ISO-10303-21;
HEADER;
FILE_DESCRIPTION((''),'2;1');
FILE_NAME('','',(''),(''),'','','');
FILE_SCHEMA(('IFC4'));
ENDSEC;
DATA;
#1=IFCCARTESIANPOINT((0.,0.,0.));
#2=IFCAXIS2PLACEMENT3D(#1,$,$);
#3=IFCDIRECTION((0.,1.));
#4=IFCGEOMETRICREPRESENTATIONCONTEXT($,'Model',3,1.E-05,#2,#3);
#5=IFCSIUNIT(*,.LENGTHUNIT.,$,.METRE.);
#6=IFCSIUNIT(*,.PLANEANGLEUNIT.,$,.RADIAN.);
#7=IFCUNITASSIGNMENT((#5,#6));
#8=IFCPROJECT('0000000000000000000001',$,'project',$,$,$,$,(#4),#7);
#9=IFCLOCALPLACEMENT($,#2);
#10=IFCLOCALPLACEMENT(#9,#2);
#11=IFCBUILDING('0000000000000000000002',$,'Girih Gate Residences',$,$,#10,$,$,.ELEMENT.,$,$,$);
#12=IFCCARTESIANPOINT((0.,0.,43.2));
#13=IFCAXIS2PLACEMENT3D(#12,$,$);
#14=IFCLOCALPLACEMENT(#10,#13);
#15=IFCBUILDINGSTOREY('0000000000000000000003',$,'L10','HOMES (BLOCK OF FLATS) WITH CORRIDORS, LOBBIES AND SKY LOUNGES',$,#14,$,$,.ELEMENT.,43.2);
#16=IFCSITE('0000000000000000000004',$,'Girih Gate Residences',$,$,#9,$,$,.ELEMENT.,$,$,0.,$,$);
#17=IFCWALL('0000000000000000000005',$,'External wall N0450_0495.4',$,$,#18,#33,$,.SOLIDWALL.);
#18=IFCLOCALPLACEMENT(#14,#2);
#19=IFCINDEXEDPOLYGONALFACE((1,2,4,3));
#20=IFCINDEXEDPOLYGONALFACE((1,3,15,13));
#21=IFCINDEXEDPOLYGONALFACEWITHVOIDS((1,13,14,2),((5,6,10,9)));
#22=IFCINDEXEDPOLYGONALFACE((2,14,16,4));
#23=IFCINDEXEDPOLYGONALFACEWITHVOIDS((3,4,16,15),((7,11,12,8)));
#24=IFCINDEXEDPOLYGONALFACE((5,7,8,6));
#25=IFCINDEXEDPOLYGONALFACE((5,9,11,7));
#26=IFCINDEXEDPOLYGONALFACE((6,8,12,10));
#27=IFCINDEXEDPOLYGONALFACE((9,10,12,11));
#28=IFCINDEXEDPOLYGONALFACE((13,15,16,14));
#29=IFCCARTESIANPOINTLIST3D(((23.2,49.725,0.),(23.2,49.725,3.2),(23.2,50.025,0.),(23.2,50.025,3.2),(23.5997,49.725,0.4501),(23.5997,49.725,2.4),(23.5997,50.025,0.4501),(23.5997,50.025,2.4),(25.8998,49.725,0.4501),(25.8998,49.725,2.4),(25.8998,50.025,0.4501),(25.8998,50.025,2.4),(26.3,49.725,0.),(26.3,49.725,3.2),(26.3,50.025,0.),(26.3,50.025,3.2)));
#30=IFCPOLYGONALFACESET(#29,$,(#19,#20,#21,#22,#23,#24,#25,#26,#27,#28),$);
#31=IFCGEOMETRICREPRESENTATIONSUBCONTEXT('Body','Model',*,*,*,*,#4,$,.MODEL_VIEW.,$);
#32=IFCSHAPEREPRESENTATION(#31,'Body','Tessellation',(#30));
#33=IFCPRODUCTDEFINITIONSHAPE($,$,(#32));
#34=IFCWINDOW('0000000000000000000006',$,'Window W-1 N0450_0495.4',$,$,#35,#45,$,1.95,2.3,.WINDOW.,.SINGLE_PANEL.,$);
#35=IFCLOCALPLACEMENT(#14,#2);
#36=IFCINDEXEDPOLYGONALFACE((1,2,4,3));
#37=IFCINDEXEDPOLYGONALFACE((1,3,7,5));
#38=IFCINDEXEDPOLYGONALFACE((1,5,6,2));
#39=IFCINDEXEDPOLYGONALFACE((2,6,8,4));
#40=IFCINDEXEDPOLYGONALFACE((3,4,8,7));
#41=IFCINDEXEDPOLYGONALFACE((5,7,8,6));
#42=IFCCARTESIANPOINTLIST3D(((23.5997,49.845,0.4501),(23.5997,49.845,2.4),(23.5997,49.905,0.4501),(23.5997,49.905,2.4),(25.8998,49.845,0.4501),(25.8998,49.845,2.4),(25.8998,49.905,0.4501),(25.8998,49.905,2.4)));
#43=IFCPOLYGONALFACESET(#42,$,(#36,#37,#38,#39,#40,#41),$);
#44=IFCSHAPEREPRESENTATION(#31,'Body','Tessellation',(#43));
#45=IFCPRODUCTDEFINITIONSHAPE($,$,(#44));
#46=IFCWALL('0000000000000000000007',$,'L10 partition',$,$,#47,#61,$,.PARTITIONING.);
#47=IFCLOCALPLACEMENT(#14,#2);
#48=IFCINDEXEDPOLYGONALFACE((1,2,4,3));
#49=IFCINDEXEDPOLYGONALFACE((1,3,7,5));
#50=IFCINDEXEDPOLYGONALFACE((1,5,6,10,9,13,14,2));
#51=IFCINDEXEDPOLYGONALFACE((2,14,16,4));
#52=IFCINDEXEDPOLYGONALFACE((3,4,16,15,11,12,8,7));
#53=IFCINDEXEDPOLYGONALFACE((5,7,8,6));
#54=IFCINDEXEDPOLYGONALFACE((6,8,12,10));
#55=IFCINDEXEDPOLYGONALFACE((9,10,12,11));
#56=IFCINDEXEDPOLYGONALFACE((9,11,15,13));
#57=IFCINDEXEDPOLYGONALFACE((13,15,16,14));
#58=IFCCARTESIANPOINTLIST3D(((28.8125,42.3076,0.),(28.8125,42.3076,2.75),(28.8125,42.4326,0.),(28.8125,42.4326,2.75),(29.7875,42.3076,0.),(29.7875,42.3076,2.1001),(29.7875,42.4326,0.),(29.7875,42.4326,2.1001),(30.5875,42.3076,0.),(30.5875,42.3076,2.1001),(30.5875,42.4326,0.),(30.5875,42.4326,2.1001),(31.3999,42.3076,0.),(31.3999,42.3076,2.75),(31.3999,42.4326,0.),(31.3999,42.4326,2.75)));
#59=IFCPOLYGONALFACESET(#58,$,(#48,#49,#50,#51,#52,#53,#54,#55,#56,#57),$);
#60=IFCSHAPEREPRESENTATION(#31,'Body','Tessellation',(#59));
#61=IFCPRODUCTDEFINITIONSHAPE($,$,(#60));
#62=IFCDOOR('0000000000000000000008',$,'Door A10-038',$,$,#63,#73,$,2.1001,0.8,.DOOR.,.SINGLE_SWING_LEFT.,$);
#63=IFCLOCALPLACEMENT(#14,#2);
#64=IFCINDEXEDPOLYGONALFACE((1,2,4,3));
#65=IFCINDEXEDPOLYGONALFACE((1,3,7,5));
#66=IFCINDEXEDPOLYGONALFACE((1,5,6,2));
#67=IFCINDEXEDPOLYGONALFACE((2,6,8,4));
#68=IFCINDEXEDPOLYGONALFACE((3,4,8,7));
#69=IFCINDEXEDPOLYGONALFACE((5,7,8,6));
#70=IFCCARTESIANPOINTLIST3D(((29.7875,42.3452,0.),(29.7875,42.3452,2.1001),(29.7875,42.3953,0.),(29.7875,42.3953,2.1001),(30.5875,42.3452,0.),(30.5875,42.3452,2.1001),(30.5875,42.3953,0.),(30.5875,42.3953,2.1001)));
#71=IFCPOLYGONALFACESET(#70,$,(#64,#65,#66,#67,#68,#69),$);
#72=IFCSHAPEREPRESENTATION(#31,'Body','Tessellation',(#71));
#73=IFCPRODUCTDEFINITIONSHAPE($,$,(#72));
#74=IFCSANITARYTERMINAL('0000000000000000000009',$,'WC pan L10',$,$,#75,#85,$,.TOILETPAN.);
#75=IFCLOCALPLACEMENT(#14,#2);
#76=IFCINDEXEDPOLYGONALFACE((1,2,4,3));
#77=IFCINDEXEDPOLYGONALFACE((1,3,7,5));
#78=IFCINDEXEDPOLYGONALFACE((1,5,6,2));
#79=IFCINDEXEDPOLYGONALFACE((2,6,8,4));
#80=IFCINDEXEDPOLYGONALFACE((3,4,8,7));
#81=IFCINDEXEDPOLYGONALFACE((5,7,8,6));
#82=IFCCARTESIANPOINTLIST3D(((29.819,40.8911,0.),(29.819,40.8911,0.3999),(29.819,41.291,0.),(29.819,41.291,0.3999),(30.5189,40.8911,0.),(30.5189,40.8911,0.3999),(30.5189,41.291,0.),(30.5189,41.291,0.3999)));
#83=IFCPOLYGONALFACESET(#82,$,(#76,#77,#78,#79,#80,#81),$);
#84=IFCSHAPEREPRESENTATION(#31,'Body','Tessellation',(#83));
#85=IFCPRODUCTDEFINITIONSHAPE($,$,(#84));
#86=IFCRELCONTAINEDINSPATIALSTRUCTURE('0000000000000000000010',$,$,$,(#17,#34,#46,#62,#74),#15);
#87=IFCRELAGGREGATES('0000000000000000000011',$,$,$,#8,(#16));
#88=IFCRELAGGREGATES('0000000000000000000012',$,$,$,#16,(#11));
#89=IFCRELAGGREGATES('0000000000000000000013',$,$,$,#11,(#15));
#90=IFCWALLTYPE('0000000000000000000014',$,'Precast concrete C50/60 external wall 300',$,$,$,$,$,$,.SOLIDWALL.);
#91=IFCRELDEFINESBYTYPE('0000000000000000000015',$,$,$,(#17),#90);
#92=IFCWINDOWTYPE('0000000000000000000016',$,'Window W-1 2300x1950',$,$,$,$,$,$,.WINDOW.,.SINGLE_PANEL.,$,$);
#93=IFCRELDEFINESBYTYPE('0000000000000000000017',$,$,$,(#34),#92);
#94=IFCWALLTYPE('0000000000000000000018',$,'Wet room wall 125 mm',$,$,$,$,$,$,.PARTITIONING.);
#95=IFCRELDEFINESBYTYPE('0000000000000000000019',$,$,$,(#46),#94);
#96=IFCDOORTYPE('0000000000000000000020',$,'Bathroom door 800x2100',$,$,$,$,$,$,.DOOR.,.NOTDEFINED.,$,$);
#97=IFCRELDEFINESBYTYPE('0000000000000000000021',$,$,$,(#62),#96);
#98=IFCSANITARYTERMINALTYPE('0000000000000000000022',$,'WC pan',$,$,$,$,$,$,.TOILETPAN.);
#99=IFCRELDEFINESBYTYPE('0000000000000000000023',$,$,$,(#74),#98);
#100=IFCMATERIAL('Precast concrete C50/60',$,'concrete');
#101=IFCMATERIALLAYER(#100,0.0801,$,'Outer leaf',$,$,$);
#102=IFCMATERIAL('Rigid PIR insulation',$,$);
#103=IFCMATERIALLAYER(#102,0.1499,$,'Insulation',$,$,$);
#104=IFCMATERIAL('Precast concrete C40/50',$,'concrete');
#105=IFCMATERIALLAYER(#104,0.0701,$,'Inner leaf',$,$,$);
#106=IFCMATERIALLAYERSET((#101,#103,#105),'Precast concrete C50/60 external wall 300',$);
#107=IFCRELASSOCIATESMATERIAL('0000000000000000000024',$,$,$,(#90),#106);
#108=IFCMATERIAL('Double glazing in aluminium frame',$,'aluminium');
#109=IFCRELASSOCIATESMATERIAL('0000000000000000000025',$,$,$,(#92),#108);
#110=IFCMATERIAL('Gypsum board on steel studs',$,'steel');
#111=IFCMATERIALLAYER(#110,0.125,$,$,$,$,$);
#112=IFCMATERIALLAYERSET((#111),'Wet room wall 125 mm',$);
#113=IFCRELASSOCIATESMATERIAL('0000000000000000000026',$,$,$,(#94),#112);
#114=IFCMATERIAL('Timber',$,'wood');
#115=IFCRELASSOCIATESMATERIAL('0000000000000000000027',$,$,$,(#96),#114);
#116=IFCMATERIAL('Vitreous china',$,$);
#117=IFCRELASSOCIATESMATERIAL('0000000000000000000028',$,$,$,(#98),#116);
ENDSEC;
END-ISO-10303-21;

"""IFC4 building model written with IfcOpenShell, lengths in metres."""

from ifc_helpers import new_model, si_unit, direction, frame, frame_2d, origin, origin_2d, place, context, subcontext, project, spatial, rectangle, extrude, material, layer, layer_set, type_object, element, fill, save


model = new_model("IFC4")

# Units and contexts
model_context = context("Model", 3, precision=1e-05, world=origin(), true_north=direction((0.0, 1.0)))
body_context = subcontext(model_context, "Body", "Model", "MODEL_VIEW")
ifc_project = project(units=[si_unit("LENGTHUNIT", "METRE"), si_unit("PLANEANGLEUNIT", "RADIAN")], contexts=[model_context])

# Site, building, storey
site_placement = place(None, origin())
site = spatial("IfcSite", under=ifc_project, at=site_placement, Name="Girih Gate Residences", CompositionType="ELEMENT", RefElevation=0.0)
building_placement = place(site_placement, origin())
building = spatial("IfcBuilding", under=site, at=building_placement, Name="Girih Gate Residences", CompositionType="ELEMENT")
storey_placement = place(building_placement, frame((0.0, 0.0, 43.2)))
storey = spatial("IfcBuildingStorey", under=building, at=storey_placement, Name="L10", Description="HOMES (BLOCK OF FLATS) WITH CORRIDORS, LOBBIES AND SKY LOUNGES", CompositionType="ELEMENT", Elevation=43.2)

# Shared definitions
ifc_material_1 = material(Name="Gypsum board on steel studs", Category="steel")

# Shared definitions
ifc_material_2 = material(Name="Timber", Category="wood")

# Wall, opening, window
ifc_material_3 = material(Name="Precast concrete C50/60", Category="concrete")
ifc_layer_1 = layer(ifc_material_3, 0.0801, Name="Outer leaf")
ifc_material_4 = material(Name="Rigid PIR insulation")
ifc_layer_2 = layer(ifc_material_4, 0.1499, Name="Insulation")
ifc_material_5 = material(Name="Precast concrete C40/50", Category="concrete")
ifc_layer_3 = layer(ifc_material_5, 0.0701, Name="Inner leaf")
ifc_layer_set_1 = layer_set([ifc_layer_1, ifc_layer_2, ifc_layer_3], Name="Precast concrete C50/60 external wall 300")
wall_type_1 = type_object("IfcWallType", Name="Precast concrete C50/60 external wall 300", PredefinedType="SOLIDWALL", material=ifc_layer_set_1)
ifc_material_6 = material(Name="Double glazing in aluminium frame", Category="aluminium")
window_type = type_object("IfcWindowType", Name="Window W-1 2300x1950", PartitioningType="SINGLE_PANEL", PredefinedType="WINDOW", material=ifc_material_6)
wall_1_placement = place(storey_placement, frame((23.2, 49.875, 0.0), z_axis=(0.0, 0.0, 1.0), x_axis=(1.0, 0.0, 0.0)))
wall_1 = element("IfcWall", 1, at=wall_1_placement, inside=storey, type_object=wall_type_1, Name="External wall N0450_0495.4", PredefinedType="SOLIDWALL", context=body_context, shape_type="SweptSolid", body=[
    extrude(rectangle(XDim=3.1001, YDim=0.3, at=frame_2d((1.55, 0.0))), origin(), (0.0, 0.0, 1.0), 3.2),
])
opening_1_placement = place(wall_1_placement, frame((0.3999, 0.0, 0.45)))
opening_1 = element("IfcOpeningElement", 2, at=opening_1_placement, cuts=wall_1, PredefinedType="OPENING", context=body_context, shape_type="SweptSolid", body=[
    extrude(rectangle(XDim=2.3, YDim=1.95, at=frame_2d((1.1499, 0.9751))), frame((0.0, 0.1599, 0.0), z_axis=(0.0, -1.0, 0.0), x_axis=(1.0, 0.0, 0.0)), (0.0, 0.0, 1.0), 0.3201),
])
window_1_placement = place(opening_1_placement, origin())
window_1 = element("IfcWindow", 3, at=window_1_placement, inside=storey, type_object=window_type, Name="Window W-1 N0450_0495.4", OverallHeight=1.95, OverallWidth=2.3, PartitioningType="SINGLE_PANEL", PredefinedType="WINDOW", context=body_context, shape_type="SweptSolid", body=[
    extrude(rectangle(XDim=2.3, YDim=1.95, at=frame_2d((1.1499, 0.9751))), frame((0.0, 0.03, 0.0), z_axis=(0.0, -1.0, 0.0), x_axis=(1.0, 0.0, 0.0)), (0.0, 0.0, 1.0), 0.0601),
])
fill(opening_1, window_1)

# Wall, opening, door
ifc_layer_4 = layer(ifc_material_1, 0.125)
ifc_layer_set_2 = layer_set([ifc_layer_4], Name="Wet room wall 125 mm")
wall_type_2 = type_object("IfcWallType", Name="Wet room wall 125 mm", PredefinedType="PARTITIONING", material=ifc_layer_set_2)
wall_2_placement = place(storey_placement, frame((31.3999, 42.3701, 0.0), z_axis=(0.0, 0.0, 1.0), x_axis=(-1.0, 0.0, 0.0)))
wall_2 = element("IfcWall", 4, at=wall_2_placement, inside=storey, type_object=wall_type_2, Name="L10 partition", PredefinedType="PARTITIONING", context=body_context, shape_type="SweptSolid", body=[
    extrude(rectangle(XDim=2.5874, YDim=0.125, at=frame_2d((1.2937, 0.0))), origin(), (0.0, 0.0, 1.0), 2.75),
])
opening_2_placement = place(wall_2_placement, frame((0.8125, 0.0, 0.0)))
opening_2 = element("IfcOpeningElement", 5, at=opening_2_placement, cuts=wall_2, PredefinedType="OPENING", context=body_context, shape_type="SweptSolid", body=[
    extrude(rectangle(XDim=0.8, YDim=2.1001, at=frame_2d((0.3999, 1.05))), frame((0.0, 0.0725, 0.0), z_axis=(0.0, -1.0, 0.0), x_axis=(1.0, 0.0, 0.0)), (0.0, 0.0, 1.0), 0.145),
])
door_type_1 = type_object("IfcDoorType", Name="Bathroom door 800x2100", OperationType="NOTDEFINED", PredefinedType="DOOR", material=ifc_material_2)
door_1_placement = place(opening_2_placement, origin())
door_1 = element("IfcDoor", 6, at=door_1_placement, inside=storey, type_object=door_type_1, Name="Door A10-038", OperationType="SINGLE_SWING_LEFT", OverallHeight=2.1001, OverallWidth=0.8, PredefinedType="DOOR", context=body_context, shape_type="SweptSolid", body=[
    extrude(rectangle(XDim=0.8, YDim=2.1001, at=frame_2d((0.3999, 1.05))), frame((0.0, 0.0249, 0.0), z_axis=(0.0, -1.0, 0.0), x_axis=(1.0, 0.0, 0.0)), (0.0, 0.0, 1.0), 0.05),
])
fill(opening_2, door_1)

# Sanitary terminal
ifc_material_7 = material(Name="Vitreous china")
sanitary_terminal_type = type_object("IfcSanitaryTerminalType", Name="WC pan", PredefinedType="TOILETPAN", material=ifc_material_7)
sanitary_terminal_placement = place(storey_placement, frame((30.1689, 41.0911, 0.0), z_axis=(0.0, 0.0, 1.0), x_axis=(1.0, 0.0, 0.0)))
element("IfcSanitaryTerminal", 7, at=sanitary_terminal_placement, inside=storey, type_object=sanitary_terminal_type, Name="WC pan L10", PredefinedType="TOILETPAN", context=body_context, shape_type="SweptSolid", body=[
    extrude(rectangle(XDim=0.7, YDim=0.3999, at=origin_2d()), origin(), (0.0, 0.0, 1.0), 0.3999),
])

save(model, "model.ifc")
